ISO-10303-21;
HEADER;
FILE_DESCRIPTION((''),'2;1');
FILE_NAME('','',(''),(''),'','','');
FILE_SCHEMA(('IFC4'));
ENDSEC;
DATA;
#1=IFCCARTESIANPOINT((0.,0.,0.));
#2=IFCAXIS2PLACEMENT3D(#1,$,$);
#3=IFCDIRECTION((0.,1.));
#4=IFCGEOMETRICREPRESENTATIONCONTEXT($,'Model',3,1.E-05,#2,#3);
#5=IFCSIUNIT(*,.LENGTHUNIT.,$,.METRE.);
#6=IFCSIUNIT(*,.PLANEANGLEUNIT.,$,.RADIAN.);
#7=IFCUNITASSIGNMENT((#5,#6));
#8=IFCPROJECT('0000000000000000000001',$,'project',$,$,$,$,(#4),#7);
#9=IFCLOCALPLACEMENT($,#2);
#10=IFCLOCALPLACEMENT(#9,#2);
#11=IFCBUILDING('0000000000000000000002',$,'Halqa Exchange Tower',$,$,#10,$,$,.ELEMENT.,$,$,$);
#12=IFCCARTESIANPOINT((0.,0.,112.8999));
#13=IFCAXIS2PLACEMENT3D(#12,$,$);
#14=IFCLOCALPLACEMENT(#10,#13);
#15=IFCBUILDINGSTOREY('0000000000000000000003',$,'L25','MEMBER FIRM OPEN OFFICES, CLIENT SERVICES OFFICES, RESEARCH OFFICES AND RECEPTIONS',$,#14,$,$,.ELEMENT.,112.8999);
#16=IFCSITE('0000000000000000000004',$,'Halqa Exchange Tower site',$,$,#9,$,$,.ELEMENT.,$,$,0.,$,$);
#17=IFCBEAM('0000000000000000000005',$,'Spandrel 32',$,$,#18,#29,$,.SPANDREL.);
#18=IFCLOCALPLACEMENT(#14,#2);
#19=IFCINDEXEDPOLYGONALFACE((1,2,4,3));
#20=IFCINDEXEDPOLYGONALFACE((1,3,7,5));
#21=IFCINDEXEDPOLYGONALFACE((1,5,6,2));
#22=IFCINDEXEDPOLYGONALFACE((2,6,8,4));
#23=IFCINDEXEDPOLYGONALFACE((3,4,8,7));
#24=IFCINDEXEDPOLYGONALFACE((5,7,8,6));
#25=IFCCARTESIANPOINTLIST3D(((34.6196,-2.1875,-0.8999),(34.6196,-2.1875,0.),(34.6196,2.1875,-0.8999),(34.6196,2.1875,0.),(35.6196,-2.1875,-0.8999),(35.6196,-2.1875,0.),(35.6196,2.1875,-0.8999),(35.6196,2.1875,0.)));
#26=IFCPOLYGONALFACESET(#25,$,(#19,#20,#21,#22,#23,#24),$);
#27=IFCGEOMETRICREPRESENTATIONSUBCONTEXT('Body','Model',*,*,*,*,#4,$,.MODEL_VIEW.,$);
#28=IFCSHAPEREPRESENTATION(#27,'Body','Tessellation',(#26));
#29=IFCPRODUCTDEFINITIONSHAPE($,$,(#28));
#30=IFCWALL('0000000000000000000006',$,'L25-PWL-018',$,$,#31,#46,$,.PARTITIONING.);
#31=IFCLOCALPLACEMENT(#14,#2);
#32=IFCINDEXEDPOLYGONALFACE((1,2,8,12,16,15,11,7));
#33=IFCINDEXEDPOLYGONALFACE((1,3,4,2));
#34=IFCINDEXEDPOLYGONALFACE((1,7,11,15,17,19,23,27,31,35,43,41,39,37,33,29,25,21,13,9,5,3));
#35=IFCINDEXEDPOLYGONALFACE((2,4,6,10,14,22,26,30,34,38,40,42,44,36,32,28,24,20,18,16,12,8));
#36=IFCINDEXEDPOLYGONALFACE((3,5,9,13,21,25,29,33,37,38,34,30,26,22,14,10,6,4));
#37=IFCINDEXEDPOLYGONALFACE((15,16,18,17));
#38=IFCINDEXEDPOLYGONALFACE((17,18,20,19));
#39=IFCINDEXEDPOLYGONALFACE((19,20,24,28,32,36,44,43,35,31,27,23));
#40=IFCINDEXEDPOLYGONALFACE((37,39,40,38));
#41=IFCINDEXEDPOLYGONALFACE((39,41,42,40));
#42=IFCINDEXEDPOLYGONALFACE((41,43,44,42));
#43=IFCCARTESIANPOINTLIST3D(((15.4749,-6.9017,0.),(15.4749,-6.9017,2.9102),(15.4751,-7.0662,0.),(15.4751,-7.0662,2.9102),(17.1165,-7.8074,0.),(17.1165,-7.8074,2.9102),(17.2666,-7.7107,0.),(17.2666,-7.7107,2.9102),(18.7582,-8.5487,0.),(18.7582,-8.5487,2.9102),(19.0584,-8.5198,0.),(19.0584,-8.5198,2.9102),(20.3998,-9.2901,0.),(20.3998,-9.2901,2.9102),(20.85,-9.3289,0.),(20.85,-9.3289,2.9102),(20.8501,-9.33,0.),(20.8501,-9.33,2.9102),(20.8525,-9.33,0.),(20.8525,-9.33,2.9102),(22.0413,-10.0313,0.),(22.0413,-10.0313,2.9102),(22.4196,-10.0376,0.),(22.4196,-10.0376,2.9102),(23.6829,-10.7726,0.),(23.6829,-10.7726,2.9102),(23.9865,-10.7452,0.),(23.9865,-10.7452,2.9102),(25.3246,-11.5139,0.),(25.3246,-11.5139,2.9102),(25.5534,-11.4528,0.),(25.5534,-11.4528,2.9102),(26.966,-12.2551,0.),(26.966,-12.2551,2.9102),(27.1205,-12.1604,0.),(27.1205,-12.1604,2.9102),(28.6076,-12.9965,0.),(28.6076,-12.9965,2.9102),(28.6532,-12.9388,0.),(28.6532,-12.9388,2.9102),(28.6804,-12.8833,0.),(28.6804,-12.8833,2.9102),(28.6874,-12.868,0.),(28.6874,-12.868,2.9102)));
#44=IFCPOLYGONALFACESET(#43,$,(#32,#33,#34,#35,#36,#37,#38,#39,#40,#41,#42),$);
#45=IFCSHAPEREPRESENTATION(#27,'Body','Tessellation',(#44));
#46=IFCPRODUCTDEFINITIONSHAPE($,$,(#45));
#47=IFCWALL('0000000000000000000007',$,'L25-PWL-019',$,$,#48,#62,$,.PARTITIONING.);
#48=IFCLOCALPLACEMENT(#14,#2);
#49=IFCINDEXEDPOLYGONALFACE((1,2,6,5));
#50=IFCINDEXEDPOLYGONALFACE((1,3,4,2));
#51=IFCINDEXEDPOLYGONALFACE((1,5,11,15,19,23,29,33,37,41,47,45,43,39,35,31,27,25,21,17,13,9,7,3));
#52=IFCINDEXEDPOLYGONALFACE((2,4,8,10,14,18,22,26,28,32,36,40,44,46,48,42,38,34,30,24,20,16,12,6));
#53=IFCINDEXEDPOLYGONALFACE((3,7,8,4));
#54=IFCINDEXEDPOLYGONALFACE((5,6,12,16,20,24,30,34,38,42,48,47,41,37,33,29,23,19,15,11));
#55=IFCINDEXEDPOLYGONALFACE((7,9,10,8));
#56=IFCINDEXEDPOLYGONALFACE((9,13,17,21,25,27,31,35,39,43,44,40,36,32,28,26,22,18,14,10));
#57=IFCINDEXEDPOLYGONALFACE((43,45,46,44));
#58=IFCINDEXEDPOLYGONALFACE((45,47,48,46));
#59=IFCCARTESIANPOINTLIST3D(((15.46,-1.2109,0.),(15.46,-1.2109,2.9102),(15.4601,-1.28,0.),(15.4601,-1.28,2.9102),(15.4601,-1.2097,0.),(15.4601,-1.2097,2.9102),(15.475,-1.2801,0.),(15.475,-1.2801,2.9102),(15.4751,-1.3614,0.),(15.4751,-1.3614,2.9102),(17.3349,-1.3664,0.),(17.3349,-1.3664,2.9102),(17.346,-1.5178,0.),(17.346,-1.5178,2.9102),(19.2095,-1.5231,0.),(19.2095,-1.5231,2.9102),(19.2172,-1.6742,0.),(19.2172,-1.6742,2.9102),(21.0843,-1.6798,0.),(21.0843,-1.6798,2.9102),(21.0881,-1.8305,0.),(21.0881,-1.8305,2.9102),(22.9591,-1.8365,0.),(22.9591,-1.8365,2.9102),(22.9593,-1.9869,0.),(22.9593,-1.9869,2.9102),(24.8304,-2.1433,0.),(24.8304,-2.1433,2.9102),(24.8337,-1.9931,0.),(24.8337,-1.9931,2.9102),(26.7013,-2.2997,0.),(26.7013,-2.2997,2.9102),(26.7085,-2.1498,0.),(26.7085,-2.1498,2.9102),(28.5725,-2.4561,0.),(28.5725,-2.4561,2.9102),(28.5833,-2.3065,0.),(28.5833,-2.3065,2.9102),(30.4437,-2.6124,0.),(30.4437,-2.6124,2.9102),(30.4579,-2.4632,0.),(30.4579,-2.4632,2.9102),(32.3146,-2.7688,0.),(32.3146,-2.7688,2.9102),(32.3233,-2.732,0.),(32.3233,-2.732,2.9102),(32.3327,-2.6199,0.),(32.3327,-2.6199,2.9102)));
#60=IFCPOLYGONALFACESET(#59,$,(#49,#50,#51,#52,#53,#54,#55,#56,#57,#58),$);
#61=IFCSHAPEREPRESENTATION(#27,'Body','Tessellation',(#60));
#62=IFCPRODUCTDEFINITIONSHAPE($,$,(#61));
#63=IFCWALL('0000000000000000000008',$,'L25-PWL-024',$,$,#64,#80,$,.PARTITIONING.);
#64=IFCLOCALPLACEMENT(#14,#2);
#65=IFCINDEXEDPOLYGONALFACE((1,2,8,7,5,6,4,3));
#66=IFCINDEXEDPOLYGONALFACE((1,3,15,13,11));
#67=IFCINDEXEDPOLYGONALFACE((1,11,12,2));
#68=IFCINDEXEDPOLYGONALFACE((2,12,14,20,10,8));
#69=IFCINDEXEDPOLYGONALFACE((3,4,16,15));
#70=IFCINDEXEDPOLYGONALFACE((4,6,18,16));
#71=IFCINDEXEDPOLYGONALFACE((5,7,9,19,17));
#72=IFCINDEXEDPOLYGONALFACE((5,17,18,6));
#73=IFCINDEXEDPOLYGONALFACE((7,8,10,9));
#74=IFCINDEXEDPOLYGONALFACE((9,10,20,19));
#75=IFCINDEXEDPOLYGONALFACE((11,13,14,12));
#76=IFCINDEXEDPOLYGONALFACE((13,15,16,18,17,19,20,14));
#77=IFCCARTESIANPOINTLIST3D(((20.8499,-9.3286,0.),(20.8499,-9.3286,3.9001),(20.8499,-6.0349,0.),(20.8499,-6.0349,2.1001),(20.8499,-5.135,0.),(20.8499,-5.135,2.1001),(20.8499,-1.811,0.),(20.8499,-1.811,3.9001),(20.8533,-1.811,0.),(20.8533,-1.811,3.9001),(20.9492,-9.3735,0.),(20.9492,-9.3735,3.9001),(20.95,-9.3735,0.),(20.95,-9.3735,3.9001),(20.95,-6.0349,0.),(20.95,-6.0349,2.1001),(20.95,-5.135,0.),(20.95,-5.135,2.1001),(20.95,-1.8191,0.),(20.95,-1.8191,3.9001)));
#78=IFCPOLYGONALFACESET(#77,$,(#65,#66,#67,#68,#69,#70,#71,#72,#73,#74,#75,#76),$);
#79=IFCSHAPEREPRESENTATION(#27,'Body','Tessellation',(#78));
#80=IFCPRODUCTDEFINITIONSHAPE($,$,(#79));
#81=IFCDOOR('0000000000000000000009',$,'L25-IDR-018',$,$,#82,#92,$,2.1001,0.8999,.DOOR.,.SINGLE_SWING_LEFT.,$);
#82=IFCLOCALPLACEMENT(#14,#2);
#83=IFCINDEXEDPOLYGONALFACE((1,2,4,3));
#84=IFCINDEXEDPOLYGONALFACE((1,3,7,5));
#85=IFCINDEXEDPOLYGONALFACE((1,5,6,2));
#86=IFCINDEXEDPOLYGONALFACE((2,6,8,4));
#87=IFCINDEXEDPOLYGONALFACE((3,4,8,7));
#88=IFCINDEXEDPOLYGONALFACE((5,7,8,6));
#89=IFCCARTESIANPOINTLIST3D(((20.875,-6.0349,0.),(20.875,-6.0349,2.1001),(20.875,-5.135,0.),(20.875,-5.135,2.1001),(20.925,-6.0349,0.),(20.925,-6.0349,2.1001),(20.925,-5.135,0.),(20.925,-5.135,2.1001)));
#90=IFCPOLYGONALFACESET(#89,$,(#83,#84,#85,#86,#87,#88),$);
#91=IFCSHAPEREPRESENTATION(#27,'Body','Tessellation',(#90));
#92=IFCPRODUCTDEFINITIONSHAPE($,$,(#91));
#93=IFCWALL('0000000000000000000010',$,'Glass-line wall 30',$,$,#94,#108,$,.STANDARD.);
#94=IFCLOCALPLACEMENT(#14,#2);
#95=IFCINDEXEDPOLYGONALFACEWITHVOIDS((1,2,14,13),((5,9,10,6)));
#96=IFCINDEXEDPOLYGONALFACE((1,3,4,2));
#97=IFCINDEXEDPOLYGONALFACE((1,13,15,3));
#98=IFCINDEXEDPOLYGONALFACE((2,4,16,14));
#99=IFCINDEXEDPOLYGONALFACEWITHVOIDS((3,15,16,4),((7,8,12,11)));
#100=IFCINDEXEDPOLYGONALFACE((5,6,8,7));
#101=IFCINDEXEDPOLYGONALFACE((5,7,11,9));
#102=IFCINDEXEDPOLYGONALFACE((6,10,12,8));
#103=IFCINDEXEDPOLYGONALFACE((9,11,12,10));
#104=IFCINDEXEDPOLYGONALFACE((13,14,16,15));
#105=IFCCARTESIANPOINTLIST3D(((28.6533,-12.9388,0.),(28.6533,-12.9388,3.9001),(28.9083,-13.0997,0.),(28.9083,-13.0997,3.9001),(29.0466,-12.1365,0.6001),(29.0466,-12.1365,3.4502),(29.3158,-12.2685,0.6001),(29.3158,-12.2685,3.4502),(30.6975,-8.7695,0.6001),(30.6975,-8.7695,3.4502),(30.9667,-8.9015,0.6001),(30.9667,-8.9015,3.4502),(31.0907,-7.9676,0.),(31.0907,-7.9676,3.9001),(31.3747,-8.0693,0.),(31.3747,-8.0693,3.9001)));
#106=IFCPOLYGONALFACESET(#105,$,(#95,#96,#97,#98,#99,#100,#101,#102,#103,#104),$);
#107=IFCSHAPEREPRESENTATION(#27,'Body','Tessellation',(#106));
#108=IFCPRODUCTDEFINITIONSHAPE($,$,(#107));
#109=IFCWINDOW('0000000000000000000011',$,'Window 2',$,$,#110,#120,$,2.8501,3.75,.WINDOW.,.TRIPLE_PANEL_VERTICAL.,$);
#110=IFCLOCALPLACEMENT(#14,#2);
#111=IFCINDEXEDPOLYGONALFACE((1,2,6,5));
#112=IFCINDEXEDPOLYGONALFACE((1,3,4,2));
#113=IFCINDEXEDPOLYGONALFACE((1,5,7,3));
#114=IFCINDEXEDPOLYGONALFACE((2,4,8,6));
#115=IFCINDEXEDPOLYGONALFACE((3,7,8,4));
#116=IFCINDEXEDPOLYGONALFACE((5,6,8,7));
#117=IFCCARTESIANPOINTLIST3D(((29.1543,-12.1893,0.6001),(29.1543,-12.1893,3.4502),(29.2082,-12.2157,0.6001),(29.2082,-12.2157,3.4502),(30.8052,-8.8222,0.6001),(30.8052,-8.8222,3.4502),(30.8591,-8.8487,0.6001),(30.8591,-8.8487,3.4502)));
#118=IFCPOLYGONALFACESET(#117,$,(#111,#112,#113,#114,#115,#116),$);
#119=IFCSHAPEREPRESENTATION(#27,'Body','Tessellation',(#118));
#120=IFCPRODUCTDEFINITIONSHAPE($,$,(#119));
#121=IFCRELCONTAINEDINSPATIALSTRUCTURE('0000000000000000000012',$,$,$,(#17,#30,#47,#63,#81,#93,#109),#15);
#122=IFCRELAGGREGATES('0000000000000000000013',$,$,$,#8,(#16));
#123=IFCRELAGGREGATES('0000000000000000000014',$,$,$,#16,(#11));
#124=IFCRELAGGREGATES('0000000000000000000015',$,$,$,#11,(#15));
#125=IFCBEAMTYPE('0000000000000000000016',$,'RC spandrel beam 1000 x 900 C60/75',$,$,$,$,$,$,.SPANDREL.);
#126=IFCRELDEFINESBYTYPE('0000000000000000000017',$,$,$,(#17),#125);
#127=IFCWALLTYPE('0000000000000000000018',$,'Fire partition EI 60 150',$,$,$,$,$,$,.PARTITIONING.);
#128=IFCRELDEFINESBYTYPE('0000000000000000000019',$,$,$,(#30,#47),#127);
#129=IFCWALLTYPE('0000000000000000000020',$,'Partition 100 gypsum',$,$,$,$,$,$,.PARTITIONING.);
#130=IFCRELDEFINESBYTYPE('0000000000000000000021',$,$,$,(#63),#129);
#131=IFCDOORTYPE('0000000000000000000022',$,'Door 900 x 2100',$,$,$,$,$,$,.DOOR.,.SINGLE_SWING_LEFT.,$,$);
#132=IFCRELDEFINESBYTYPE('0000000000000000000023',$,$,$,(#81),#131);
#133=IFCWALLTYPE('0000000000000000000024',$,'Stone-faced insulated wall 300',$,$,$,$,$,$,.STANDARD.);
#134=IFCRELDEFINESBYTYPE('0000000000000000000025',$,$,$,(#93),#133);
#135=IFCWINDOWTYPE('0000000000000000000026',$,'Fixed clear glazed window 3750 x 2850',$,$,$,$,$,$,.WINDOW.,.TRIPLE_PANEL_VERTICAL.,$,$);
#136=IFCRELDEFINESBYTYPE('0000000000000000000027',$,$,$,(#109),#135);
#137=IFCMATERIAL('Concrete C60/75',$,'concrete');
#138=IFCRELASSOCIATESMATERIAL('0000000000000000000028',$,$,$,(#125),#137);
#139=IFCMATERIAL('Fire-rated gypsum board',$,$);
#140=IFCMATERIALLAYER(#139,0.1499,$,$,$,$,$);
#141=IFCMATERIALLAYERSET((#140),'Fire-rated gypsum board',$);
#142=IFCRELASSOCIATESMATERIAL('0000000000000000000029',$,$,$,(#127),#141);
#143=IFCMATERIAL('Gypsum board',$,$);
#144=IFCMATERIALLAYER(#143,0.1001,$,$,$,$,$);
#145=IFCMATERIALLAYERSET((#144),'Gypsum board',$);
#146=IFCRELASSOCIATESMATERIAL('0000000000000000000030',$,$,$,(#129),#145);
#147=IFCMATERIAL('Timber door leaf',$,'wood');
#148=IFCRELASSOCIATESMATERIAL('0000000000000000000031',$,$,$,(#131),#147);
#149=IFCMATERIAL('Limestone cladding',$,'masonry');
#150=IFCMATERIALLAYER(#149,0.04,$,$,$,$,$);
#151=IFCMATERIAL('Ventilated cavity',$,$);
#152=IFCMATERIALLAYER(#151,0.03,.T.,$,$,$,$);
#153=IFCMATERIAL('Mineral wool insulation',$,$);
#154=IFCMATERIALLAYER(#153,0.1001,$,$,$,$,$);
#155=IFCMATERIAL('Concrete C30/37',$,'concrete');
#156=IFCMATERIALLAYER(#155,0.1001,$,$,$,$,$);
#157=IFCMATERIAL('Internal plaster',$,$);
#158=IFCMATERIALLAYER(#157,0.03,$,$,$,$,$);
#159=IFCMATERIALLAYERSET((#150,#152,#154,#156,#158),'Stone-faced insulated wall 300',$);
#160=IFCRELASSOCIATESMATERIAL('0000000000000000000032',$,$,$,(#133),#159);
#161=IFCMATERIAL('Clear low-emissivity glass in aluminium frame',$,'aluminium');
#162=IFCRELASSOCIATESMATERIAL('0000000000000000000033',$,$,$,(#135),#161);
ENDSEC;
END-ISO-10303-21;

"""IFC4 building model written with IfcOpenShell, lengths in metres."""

from ifc_helpers import new_model, si_unit, direction, frame, frame_2d, origin, origin_2d, place, context, subcontext, project, spatial, polyline, rectangle, outline, extrude, material, layer, layer_set, material_profile, profile_set, type_object, element, fill, save


model = new_model("IFC4")

# Units and contexts
model_context = context("Model", 3, precision=1e-05, world=origin(), true_north=direction((0.0, 1.0)))
body_context = subcontext(model_context, "Body", "Model", "MODEL_VIEW")
ifc_project = project(units=[si_unit("LENGTHUNIT", "METRE"), si_unit("PLANEANGLEUNIT", "RADIAN")], contexts=[model_context])

# Site, building, storey
site_placement = place(None, origin())
site = spatial("IfcSite", under=ifc_project, at=site_placement, Name="Halqa Exchange Tower site", CompositionType="ELEMENT", RefElevation=0.0)
building_placement = place(site_placement, origin())
building = spatial("IfcBuilding", under=site, at=building_placement, Name="Halqa Exchange Tower", CompositionType="ELEMENT")
storey_placement = place(building_placement, frame((0.0, 0.0, 112.8999)))
storey = spatial("IfcBuildingStorey", under=building, at=storey_placement, Name="L25", Description="MEMBER FIRM OPEN OFFICES, CLIENT SERVICES OFFICES, RESEARCH OFFICES AND RECEPTIONS", CompositionType="ELEMENT", Elevation=112.8999)

# Beam
ifc_material_1 = material(Name="Concrete C60/75", Category="concrete")
ifc_material_profile_1 = material_profile(ifc_material_1, rectangle(XDim=1.0, YDim=0.8999, at=origin_2d()), Name="1000 x 900")
ifc_profile_set_1 = profile_set([ifc_material_profile_1], Name="Concrete C60/75")
beam_type_1 = type_object("IfcBeamType", Name="RC spandrel beam 1000 x 900 C60/75", PredefinedType="SPANDREL", material=ifc_profile_set_1)
beam_1_placement = place(storey_placement, frame((35.1196, -2.1875, -0.45), z_axis=(0.0, 1.0, 0.0), x_axis=(-1.0, 0.0, 0.0)))
element("IfcBeam", 1, at=beam_1_placement, inside=storey, type_object=beam_type_1, Name="Spandrel 32", PredefinedType="SPANDREL", context=body_context, shape_type="SweptSolid", body=[
    extrude(rectangle(XDim=1.0, YDim=0.8999, at=origin_2d()), origin(), (0.0, 0.0, 1.0), 4.375),
])

# Walls
ifc_material_2 = material(Name="Fire-rated gypsum board")
ifc_layer_1 = layer(ifc_material_2, 0.1499)
ifc_layer_set_1 = layer_set([ifc_layer_1], Name="Fire-rated gypsum board")
wall_type_1 = type_object("IfcWallType", Name="Fire partition EI 60 150", PredefinedType="PARTITIONING", material=ifc_layer_set_1)
wall_1_placement = place(storey_placement, frame((15.4441, -6.97, 0.0), z_axis=(0.0, 0.0, 1.0), x_axis=(0.911386, -0.411553, 0.0)))
element("IfcWall", 2, at=wall_1_placement, inside=storey, type_object=wall_type_1, Name="L25-PWL-018", PredefinedType="PARTITIONING", context=body_context, shape_type="SweptSolid", body=[
    extrude(outline(polyline([(0.0679, -0.075), (1.8689, -0.075), (3.6702, -0.075), (5.4714, -0.075), (7.2725, -0.075), (9.0737, -0.075), (10.875, -0.075), (12.676, -0.075), (14.4773, -0.075), (14.4951, -0.0037), (14.4971, 0.0581), (14.4971, 0.075), (12.7778, 0.075), (11.0583, 0.075), (9.3391, 0.075), (7.6199, 0.075), (5.9004, 0.075), (5.8982, 0.074), (5.8977, 0.075), (3.9319, 0.075), (1.9658, 0.075), (0.0, 0.075), (0.0679, -0.075)])), origin(), (0.0, 0.0, 1.0), 2.9102),
])
wall_2_placement = place(storey_placement, frame((15.4539, -1.2844, 0.0), z_axis=(0.0, 0.0, 1.0), x_axis=(0.996526, -0.083287, 0.0)))
element("IfcWall", 3, at=wall_2_placement, inside=storey, type_object=wall_type_1, Name="L25-PWL-019", PredefinedType="PARTITIONING", context=body_context, shape_type="SweptSolid", body=[
    extrude(outline(polyline([(0.0276, -0.075), (1.905, -0.075), (3.7827, -0.075), (5.6602, -0.075), (7.5378, -0.075), (9.4155, -0.075), (11.293, -0.075), (13.1707, -0.075), (15.0483, -0.075), (16.9258, -0.075), (16.9314, -0.0376), (16.9314, 0.075), (15.05, 0.075), (13.1689, 0.075), (11.2876, 0.075), (9.4062, 0.075), (7.5251, 0.075), (5.6438, 0.075), (3.7625, 0.075), (1.8813, 0.075), (0.0, 0.075), (0.0, 0.0737), (0.0059, 0.0049), (0.0208, 0.0061), (0.0276, -0.075)])), origin(), (0.0, 0.0, 1.0), 2.9102),
])

# Wall, opening, door
ifc_material_3 = material(Name="Gypsum board")
ifc_layer_2 = layer(ifc_material_3, 0.1001)
ifc_layer_set_2 = layer_set([ifc_layer_2], Name="Gypsum board")
wall_type_2 = type_object("IfcWallType", Name="Partition 100 gypsum", PredefinedType="PARTITIONING", material=ifc_layer_set_2)
wall_3_placement = place(storey_placement, frame((20.8999, -1.811, 0.0), z_axis=(0.0, 0.0, 1.0), x_axis=(0.0, -1.0, 0.0)))
wall_3 = element("IfcWall", 4, at=wall_3_placement, inside=storey, type_object=wall_type_2, Name="L25-PWL-024", PredefinedType="PARTITIONING", context=body_context, shape_type="SweptSolid", body=[
    extrude(outline(polyline([(0.0, -0.05), (1.8794, -0.05), (3.7588, -0.05), (5.6382, -0.05), (7.5176, -0.05), (7.5625, 0.0493), (7.5625, 0.05), (5.6738, 0.05), (3.7854, 0.05), (1.8967, 0.05), (0.0081, 0.05), (0.0, -0.0466), (0.0, -0.05)])), origin(), (0.0, 0.0, 1.0), 3.9001),
])
opening_1_placement = place(wall_3_placement, frame((3.324, 0.0, 0.0)))
opening_1 = element("IfcOpeningElement", 5, at=opening_1_placement, cuts=wall_3, PredefinedType="OPENING", context=body_context, shape_type="SweptSolid", body=[
    extrude(rectangle(XDim=0.8999, YDim=2.1001, at=frame_2d((0.45, 1.05))), frame((0.0, 0.062, 0.0), z_axis=(0.0, -1.0, 0.0), x_axis=(1.0, 0.0, 0.0)), (0.0, 0.0, 1.0), 0.124),
])
ifc_material_4 = material(Name="Timber door leaf", Category="wood")
door_type_1 = type_object("IfcDoorType", Name="Door 900 x 2100", OperationType="SINGLE_SWING_LEFT", PredefinedType="DOOR", material=ifc_material_4)
door_1_placement = place(opening_1_placement, frame((0.8999, 0.0, 0.0), z_axis=(0.0, 0.0, 1.0), x_axis=(-1.0, 0.0, 0.0)))
door_1 = element("IfcDoor", 6, at=door_1_placement, inside=storey, type_object=door_type_1, Name="L25-IDR-018", OperationType="SINGLE_SWING_LEFT", OverallHeight=2.1001, OverallWidth=0.8999, PredefinedType="DOOR", context=body_context, shape_type="SweptSolid", body=[
    extrude(rectangle(XDim=0.8999, YDim=2.1001, at=frame_2d((0.45, 1.05))), frame((0.0, 0.0249, 0.0), z_axis=(0.0, -1.0, 0.0), x_axis=(1.0, 0.0, 0.0)), (0.0, 0.0, 1.0), 0.05),
])
fill(opening_1, door_1)

# Wall, opening, window
ifc_material_5 = material(Name="Limestone cladding", Category="masonry")
ifc_layer_3 = layer(ifc_material_5, 0.04)
ifc_material_6 = material(Name="Ventilated cavity")
ifc_layer_4 = layer(ifc_material_6, 0.03, ventilated=True)
ifc_material_7 = material(Name="Mineral wool insulation")
ifc_layer_5 = layer(ifc_material_7, 0.1001)
ifc_material_8 = material(Name="Concrete C30/37", Category="concrete")
ifc_layer_6 = layer(ifc_material_8, 0.1001)
ifc_material_9 = material(Name="Internal plaster")
ifc_layer_7 = layer(ifc_material_9, 0.03)
ifc_layer_set_3 = layer_set([ifc_layer_3, ifc_layer_4, ifc_layer_5, ifc_layer_6, ifc_layer_7], Name="Stone-faced insulated wall 300")
wall_type_3 = type_object("IfcWallType", Name="Stone-faced insulated wall 300", PredefinedType="STANDARD", material=ifc_layer_set_3)
wall_4_placement = place(storey_placement, frame((28.7808, -13.0193, 0.0), z_axis=(0.0, 0.0, 1.0), x_axis=(0.440239, 0.897881, 0.0)))
wall_4 = element("IfcWall", 7, at=wall_4_placement, inside=storey, type_object=wall_type_3, Name="Glass-line wall 30", PredefinedType="STANDARD", context=body_context, shape_type="SweptSolid", body=[
    extrude(outline(polyline([(-0.0161, -0.1499), (5.5864, -0.1499), (5.5527, 0.1499), (0.0161, 0.1499), (-0.0161, -0.1499)])), origin(), (0.0, 0.0, 1.0), 3.9001),
])
opening_2_placement = place(wall_4_placement, frame((0.9097, 0.0, 0.6001)))
opening_2 = element("IfcOpeningElement", 8, at=opening_2_placement, cuts=wall_4, PredefinedType="OPENING", context=body_context, shape_type="SweptSolid", body=[
    extrude(rectangle(XDim=3.75, YDim=2.8501, at=frame_2d((1.875, 1.425))), frame((0.0, 0.1621, 0.0), z_axis=(0.0, -1.0, 0.0), x_axis=(1.0, 0.0, 0.0)), (0.0, 0.0, 1.0), 0.324),
])
ifc_material_10 = material(Name="Clear low-emissivity glass in aluminium frame", Category="aluminium")
window_type = type_object("IfcWindowType", Name="Fixed clear glazed window 3750 x 2850", PartitioningType="TRIPLE_PANEL_VERTICAL", PredefinedType="WINDOW", material=ifc_material_10)
window_1_placement = place(opening_2_placement, origin())
window_1 = element("IfcWindow", 9, at=window_1_placement, inside=storey, type_object=window_type, Name="Window 2", OverallHeight=2.8501, OverallWidth=3.75, PartitioningType="TRIPLE_PANEL_VERTICAL", PredefinedType="WINDOW", context=body_context, shape_type="SweptSolid", body=[
    extrude(rectangle(XDim=3.75, YDim=2.8501, at=frame_2d((1.875, 1.425))), frame((0.0, 0.03, 0.0), z_axis=(0.0, -1.0, 0.0), x_axis=(1.0, 0.0, 0.0)), (0.0, 0.0, 1.0), 0.0601),
])
fill(opening_2, window_1)

save(model, "model.ifc")
